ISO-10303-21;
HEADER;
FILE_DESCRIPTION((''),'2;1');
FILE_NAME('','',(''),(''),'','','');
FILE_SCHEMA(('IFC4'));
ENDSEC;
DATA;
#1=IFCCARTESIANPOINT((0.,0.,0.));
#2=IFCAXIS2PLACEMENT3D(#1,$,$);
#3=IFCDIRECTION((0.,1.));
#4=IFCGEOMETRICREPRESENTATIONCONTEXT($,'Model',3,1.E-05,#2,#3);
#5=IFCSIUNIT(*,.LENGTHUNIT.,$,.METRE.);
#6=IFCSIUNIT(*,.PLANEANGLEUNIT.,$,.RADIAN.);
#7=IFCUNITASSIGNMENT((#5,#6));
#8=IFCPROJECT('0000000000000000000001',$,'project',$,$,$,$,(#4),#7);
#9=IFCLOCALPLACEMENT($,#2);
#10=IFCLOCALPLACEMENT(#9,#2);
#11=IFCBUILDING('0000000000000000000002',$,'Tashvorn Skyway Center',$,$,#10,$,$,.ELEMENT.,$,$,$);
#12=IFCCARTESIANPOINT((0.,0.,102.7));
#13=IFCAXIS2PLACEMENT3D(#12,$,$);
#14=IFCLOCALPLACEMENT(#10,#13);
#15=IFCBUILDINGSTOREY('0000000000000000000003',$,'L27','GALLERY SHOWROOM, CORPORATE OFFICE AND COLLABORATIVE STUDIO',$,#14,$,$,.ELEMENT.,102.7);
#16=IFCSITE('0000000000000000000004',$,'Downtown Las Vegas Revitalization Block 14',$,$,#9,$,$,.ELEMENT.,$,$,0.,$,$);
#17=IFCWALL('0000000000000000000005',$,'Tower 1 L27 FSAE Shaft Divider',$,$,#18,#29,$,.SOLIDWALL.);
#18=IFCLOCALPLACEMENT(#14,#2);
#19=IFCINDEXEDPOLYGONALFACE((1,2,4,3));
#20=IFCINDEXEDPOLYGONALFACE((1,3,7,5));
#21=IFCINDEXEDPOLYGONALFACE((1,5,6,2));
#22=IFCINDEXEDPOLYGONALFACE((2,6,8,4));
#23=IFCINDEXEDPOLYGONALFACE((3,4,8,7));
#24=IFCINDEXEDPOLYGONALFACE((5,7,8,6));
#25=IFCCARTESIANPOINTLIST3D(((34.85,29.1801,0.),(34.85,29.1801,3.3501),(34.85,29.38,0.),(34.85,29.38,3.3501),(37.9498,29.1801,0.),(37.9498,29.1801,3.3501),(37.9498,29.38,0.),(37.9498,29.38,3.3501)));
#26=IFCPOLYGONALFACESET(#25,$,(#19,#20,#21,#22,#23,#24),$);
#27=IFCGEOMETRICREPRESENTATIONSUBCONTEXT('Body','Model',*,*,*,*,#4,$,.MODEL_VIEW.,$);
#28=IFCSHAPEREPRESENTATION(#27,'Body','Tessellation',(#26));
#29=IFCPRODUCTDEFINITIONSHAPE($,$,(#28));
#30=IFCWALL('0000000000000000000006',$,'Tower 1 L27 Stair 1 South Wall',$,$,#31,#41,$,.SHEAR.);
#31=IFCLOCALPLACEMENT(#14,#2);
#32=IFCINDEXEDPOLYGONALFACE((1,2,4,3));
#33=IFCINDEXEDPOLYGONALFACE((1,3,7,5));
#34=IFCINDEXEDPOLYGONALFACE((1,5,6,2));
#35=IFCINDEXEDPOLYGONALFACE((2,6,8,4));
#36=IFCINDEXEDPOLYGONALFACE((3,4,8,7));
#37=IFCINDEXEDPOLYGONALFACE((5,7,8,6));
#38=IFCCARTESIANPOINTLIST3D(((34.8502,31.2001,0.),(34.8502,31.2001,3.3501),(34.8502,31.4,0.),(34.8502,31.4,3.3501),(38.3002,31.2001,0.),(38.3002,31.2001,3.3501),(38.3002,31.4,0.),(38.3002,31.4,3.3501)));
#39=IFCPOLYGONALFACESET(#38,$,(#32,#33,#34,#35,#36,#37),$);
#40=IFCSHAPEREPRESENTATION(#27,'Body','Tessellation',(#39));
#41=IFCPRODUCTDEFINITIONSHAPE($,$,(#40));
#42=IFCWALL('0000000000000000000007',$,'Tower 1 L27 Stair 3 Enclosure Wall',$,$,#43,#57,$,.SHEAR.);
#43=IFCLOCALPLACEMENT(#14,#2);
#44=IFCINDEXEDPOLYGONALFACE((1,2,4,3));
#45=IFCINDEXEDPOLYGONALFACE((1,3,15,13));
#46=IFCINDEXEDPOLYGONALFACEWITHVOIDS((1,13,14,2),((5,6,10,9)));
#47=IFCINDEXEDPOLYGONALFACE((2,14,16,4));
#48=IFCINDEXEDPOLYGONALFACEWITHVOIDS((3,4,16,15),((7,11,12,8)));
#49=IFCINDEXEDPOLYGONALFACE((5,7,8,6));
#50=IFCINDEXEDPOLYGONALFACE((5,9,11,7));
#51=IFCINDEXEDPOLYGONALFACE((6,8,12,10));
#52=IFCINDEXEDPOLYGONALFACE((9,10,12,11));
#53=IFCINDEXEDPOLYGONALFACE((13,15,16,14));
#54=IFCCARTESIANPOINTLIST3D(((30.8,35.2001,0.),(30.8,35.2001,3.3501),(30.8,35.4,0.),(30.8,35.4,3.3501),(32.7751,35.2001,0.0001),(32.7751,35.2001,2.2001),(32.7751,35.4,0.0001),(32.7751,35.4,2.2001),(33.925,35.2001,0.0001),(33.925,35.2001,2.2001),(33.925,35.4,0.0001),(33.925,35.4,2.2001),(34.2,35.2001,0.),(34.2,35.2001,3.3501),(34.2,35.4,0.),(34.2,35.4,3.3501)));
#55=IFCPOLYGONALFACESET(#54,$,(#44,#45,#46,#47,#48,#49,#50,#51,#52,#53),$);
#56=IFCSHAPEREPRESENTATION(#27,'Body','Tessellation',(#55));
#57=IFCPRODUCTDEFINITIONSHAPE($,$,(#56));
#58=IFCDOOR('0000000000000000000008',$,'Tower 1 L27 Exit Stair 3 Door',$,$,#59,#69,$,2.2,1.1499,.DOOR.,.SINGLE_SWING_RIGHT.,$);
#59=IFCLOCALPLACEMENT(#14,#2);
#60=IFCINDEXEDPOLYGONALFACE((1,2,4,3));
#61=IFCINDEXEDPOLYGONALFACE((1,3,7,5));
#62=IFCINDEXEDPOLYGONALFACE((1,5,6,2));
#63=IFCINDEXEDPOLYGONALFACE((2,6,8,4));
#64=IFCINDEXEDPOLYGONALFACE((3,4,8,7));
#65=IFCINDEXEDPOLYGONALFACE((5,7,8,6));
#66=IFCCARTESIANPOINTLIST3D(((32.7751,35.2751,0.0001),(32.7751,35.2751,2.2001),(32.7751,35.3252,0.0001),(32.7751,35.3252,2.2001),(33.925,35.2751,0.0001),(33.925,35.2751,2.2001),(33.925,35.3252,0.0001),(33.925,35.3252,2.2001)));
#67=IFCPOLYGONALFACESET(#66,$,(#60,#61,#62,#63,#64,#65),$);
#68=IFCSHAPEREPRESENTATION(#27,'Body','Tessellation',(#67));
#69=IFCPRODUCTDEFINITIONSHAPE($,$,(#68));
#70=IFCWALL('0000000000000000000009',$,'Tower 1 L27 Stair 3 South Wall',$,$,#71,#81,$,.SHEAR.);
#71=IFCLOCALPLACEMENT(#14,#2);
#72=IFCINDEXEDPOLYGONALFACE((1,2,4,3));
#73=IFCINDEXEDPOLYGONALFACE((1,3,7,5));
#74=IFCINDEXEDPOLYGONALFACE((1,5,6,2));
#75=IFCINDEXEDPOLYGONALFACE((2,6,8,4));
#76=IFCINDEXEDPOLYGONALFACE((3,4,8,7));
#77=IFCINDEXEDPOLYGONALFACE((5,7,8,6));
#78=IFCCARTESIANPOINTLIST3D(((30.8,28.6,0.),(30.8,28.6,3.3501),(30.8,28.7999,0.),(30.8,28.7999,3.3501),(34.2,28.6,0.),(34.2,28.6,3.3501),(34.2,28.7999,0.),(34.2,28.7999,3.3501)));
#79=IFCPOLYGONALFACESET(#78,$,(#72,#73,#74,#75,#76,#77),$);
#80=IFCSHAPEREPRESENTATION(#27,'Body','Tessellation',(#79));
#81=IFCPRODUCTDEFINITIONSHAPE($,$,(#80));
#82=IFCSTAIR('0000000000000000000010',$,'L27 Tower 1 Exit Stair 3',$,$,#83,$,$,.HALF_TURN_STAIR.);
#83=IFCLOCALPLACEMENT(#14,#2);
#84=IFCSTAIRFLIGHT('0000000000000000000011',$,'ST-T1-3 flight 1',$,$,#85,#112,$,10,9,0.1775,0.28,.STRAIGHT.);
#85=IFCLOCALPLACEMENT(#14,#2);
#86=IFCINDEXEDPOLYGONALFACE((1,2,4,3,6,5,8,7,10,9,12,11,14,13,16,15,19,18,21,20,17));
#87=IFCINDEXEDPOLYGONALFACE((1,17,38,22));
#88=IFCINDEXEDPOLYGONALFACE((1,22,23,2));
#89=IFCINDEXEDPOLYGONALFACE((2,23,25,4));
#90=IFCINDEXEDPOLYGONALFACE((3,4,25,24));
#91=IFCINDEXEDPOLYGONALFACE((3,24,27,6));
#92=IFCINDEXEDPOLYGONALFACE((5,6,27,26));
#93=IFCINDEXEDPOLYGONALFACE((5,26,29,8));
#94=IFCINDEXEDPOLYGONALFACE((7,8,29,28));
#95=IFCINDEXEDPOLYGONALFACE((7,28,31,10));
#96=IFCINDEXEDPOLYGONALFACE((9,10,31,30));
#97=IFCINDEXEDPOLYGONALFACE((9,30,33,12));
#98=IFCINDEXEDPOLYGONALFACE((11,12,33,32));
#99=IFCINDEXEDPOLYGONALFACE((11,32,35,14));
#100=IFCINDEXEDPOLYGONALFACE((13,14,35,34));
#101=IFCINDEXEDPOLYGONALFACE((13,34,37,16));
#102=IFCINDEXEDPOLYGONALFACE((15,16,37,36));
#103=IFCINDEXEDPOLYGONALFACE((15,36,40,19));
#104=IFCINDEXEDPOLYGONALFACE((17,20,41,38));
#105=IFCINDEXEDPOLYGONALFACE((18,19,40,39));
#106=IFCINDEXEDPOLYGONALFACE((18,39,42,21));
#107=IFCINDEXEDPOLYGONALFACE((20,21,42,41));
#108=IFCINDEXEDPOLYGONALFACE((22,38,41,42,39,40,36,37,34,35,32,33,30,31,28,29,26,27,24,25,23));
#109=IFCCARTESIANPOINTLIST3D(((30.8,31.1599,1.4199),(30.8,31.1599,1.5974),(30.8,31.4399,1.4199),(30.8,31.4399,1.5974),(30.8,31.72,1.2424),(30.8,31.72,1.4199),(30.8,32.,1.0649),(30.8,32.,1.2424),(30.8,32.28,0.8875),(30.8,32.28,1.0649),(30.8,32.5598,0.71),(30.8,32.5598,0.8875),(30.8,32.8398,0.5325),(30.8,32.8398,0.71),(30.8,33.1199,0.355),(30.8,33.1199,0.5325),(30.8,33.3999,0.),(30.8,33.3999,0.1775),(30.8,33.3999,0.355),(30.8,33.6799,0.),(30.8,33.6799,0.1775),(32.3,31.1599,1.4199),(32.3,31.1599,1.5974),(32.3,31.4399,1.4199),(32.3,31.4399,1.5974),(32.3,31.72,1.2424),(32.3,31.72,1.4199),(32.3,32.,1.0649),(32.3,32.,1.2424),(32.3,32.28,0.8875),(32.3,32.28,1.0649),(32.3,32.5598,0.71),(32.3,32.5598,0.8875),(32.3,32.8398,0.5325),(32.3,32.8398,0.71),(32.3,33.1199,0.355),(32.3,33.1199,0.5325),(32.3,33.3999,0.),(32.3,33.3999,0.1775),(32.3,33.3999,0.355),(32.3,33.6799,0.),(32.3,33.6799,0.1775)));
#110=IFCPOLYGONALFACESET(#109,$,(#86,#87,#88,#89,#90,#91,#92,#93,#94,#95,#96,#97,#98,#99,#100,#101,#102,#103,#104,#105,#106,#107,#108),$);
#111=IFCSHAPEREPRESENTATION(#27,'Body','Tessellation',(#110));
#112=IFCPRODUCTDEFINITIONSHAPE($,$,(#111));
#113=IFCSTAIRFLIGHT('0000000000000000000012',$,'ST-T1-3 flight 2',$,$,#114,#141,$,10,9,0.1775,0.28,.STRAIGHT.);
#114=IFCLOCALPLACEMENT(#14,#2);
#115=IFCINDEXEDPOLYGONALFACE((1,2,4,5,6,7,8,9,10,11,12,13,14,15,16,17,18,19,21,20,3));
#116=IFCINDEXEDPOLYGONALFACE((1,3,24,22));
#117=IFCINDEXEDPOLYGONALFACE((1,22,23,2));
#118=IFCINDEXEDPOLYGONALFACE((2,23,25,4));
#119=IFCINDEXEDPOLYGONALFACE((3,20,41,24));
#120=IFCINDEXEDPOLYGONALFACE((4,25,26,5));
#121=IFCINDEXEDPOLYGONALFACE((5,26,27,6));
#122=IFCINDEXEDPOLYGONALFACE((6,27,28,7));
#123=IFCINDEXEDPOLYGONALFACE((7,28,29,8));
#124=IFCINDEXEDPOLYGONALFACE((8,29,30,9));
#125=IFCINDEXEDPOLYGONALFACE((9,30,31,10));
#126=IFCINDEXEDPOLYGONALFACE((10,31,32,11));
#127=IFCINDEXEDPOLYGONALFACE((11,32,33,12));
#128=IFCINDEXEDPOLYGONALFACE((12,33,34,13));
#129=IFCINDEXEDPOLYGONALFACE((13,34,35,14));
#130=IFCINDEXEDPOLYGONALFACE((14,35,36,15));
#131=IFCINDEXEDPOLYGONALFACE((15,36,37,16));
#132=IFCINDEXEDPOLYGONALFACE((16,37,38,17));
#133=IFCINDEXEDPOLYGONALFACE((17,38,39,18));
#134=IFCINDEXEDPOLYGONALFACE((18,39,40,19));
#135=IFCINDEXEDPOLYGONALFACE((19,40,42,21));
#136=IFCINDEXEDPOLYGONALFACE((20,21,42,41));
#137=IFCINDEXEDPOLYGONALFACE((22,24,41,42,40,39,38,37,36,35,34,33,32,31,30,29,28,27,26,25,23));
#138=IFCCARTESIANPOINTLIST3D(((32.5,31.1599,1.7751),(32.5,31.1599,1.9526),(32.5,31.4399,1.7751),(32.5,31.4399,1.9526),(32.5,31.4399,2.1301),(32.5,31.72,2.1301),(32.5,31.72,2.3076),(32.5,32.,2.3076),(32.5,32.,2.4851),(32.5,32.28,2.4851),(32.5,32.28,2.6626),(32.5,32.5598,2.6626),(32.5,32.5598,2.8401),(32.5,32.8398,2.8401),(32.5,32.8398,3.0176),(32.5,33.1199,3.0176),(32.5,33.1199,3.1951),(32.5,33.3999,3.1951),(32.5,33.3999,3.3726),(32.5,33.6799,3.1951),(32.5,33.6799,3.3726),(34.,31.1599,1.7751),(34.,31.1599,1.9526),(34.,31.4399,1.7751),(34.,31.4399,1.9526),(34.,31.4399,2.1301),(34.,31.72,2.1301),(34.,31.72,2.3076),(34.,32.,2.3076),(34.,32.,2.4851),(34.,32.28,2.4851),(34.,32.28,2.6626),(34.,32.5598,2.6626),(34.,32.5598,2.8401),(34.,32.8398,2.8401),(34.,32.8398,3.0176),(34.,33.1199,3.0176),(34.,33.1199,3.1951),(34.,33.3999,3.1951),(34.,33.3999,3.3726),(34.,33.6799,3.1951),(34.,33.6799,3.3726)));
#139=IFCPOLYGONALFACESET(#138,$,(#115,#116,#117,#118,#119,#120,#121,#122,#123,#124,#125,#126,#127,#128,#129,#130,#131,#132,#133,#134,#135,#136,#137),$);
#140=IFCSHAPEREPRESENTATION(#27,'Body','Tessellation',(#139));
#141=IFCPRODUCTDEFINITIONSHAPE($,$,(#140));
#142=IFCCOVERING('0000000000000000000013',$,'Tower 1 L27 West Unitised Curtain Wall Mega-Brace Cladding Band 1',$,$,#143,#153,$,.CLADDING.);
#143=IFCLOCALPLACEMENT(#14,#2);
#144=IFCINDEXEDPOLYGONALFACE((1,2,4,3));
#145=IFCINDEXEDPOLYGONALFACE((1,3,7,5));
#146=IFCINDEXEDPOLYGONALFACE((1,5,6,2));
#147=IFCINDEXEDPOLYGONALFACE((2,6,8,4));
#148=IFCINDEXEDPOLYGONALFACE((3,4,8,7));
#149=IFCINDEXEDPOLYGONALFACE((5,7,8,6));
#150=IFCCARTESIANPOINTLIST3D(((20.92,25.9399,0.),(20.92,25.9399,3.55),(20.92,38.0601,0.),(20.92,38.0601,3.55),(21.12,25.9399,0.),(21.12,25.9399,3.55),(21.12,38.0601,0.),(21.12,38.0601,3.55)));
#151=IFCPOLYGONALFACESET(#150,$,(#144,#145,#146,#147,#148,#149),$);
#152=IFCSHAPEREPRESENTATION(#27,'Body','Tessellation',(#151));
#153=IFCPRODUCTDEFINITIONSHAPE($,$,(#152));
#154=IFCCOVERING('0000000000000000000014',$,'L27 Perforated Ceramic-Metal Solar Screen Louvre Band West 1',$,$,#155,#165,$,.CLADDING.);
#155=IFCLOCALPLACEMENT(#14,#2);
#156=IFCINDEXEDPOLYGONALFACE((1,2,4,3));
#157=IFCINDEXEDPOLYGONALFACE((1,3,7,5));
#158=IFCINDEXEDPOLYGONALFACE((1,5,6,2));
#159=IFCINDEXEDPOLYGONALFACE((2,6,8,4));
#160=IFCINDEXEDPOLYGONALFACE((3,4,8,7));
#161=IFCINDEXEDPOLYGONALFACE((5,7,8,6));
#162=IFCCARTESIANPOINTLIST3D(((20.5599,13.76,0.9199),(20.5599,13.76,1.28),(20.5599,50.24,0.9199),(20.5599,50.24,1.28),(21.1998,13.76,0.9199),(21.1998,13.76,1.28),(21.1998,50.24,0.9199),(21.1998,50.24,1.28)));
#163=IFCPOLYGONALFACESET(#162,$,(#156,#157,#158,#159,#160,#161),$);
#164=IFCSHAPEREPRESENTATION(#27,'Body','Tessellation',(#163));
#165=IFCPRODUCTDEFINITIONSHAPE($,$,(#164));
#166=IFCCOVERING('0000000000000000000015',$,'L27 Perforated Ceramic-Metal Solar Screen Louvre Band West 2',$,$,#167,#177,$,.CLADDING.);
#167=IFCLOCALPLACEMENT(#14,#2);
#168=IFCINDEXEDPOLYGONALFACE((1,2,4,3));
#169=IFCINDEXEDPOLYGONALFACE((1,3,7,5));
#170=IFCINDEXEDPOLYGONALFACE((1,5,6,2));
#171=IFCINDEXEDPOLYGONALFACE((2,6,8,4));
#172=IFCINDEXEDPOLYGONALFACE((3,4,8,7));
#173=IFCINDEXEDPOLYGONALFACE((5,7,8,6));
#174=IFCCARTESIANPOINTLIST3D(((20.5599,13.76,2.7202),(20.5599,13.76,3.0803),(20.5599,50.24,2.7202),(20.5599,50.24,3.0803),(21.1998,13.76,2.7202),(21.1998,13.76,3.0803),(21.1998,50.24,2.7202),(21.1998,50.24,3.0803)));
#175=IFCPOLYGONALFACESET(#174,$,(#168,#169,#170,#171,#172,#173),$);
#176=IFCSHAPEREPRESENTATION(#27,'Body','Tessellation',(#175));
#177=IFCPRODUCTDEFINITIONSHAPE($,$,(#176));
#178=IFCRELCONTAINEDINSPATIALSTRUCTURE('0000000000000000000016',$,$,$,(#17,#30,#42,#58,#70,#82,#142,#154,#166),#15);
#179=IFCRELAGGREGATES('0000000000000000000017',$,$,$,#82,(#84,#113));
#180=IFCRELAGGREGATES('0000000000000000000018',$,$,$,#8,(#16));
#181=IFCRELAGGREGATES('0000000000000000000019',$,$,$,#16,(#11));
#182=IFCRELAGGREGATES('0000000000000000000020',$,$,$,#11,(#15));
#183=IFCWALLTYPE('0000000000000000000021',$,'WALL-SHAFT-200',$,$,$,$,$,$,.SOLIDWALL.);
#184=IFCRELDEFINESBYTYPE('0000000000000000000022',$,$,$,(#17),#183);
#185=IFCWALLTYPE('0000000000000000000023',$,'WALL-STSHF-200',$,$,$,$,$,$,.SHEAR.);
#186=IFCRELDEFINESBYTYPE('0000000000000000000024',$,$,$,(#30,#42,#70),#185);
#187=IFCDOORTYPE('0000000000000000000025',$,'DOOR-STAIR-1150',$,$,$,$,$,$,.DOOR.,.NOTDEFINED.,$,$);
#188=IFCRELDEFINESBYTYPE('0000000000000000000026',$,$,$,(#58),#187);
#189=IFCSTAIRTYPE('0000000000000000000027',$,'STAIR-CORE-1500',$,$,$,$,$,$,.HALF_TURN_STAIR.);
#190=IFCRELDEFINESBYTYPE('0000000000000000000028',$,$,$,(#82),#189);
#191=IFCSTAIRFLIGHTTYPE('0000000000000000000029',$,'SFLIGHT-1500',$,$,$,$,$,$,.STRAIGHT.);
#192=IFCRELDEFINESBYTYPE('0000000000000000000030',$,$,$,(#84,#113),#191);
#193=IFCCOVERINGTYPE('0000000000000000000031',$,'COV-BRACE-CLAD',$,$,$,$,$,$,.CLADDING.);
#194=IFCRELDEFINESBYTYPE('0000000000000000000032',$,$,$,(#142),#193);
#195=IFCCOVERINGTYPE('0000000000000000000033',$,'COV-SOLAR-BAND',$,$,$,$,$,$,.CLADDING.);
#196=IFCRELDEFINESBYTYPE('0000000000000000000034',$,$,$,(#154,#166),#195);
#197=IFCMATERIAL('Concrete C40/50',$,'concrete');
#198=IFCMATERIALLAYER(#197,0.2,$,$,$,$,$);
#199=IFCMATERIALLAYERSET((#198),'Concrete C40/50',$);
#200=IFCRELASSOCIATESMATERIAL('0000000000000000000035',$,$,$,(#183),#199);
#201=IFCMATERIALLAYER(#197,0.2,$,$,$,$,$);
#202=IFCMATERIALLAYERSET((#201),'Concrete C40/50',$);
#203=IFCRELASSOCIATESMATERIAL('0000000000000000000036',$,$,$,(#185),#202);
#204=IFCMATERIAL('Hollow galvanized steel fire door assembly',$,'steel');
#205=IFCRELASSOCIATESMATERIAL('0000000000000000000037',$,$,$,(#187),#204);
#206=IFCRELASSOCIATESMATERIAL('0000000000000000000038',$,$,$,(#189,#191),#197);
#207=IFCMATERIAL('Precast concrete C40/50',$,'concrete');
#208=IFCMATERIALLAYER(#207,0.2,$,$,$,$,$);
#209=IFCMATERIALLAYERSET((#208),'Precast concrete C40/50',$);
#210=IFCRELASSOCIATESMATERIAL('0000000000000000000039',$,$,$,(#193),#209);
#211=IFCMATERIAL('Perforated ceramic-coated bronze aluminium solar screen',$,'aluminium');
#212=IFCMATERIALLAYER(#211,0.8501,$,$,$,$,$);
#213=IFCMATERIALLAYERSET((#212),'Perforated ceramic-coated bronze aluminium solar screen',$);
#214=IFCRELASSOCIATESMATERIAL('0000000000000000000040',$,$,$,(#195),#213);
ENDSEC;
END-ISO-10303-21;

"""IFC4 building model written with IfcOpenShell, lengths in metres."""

from ifc_helpers import new_model, si_unit, direction, frame, frame_2d, origin, origin_2d, place, context, subcontext, project, spatial, polyline, rectangle, outline, extrude, material, layer, layer_set, type_object, element, fill, aggregate, save


model = new_model("IFC4")

# Units and contexts
model_context = context("Model", 3, precision=1e-05, world=origin(), true_north=direction((0.0, 1.0)))
body_context = subcontext(model_context, "Body", "Model", "MODEL_VIEW")
ifc_project = project(units=[si_unit("LENGTHUNIT", "METRE"), si_unit("PLANEANGLEUNIT", "RADIAN")], contexts=[model_context])

# Site, building, storey
site_placement = place(None, origin())
site = spatial("IfcSite", under=ifc_project, at=site_placement, Name="Downtown Las Vegas Revitalization Block 14", CompositionType="ELEMENT", RefElevation=0.0)
building_placement = place(site_placement, origin())
building = spatial("IfcBuilding", under=site, at=building_placement, Name="Tashvorn Skyway Center", CompositionType="ELEMENT")
storey_placement = place(building_placement, frame((0.0, 0.0, 102.7)))
storey = spatial("IfcBuildingStorey", under=building, at=storey_placement, Name="L27", Description="GALLERY SHOWROOM, CORPORATE OFFICE AND COLLABORATIVE STUDIO", CompositionType="ELEMENT", Elevation=102.7)

# Walls
ifc_material_1 = material(Name="Concrete C40/50", Category="concrete")
ifc_layer_1 = layer(ifc_material_1, 0.2)
ifc_layer_set_1 = layer_set([ifc_layer_1], Name="Concrete C40/50")
wall_type_1 = type_object("IfcWallType", Name="WALL-SHAFT-200", PredefinedType="SOLIDWALL", material=ifc_layer_set_1)
wall_1_placement = place(storey_placement, frame((34.8501, 29.28, 0.0), z_axis=(0.0, 0.0, 1.0), x_axis=(1.0, 0.0, 0.0)))
element("IfcWall", 1, at=wall_1_placement, inside=storey, type_object=wall_type_1, Name="Tower 1 L27 FSAE Shaft Divider", PredefinedType="SOLIDWALL", context=body_context, shape_type="SweptSolid", body=[
    extrude(rectangle(XDim=3.0999, YDim=0.2, at=frame_2d((1.5498, 0.0))), origin(), (0.0, 0.0, 1.0), 3.3501),
])
ifc_layer_2 = layer(ifc_material_1, 0.2)
ifc_layer_set_2 = layer_set([ifc_layer_2], Name="Concrete C40/50")
wall_type_2 = type_object("IfcWallType", Name="WALL-STSHF-200", PredefinedType="SHEAR", material=ifc_layer_set_2)
wall_2_placement = place(storey_placement, frame((34.8501, 31.3, 0.0), z_axis=(0.0, 0.0, 1.0), x_axis=(1.0, 0.0, 0.0)))
element("IfcWall", 2, at=wall_2_placement, inside=storey, type_object=wall_type_2, Name="Tower 1 L27 Stair 1 South Wall", PredefinedType="SHEAR", context=body_context, shape_type="SweptSolid", body=[
    extrude(rectangle(XDim=3.45, YDim=0.2, at=frame_2d((1.7251, 0.0))), origin(), (0.0, 0.0, 1.0), 3.3501),
])

# Wall, opening, door
wall_3_placement = place(storey_placement, frame((34.2, 35.3, 0.0), z_axis=(0.0, 0.0, 1.0), x_axis=(-1.0, 0.0, 0.0)))
wall_3 = element("IfcWall", 3, at=wall_3_placement, inside=storey, type_object=wall_type_2, Name="Tower 1 L27 Stair 3 Enclosure Wall", PredefinedType="SHEAR", context=body_context, shape_type="SweptSolid", body=[
    extrude(rectangle(XDim=3.3999, YDim=0.2, at=frame_2d((1.7, 0.0))), origin(), (0.0, 0.0, 1.0), 3.3501),
])
opening_placement = place(wall_3_placement, frame((0.2749, 0.0, 0.0)))
opening = element("IfcOpeningElement", 4, at=opening_placement, cuts=wall_3, PredefinedType="OPENING", context=body_context, shape_type="SweptSolid", body=[
    extrude(rectangle(XDim=1.1499, YDim=2.2, at=frame_2d((0.575, 1.1001))), frame((0.0, 0.1099, 0.0), z_axis=(0.0, -1.0, 0.0), x_axis=(1.0, 0.0, 0.0)), (0.0, 0.0, 1.0), 0.22),
])
ifc_material_2 = material(Name="Hollow galvanized steel fire door assembly", Category="steel")
door_type = type_object("IfcDoorType", Name="DOOR-STAIR-1150", OperationType="NOTDEFINED", PredefinedType="DOOR", material=ifc_material_2)
door_placement = place(opening_placement, origin())
door = element("IfcDoor", 5, at=door_placement, inside=storey, type_object=door_type, Name="Tower 1 L27 Exit Stair 3 Door", OperationType="SINGLE_SWING_RIGHT", OverallHeight=2.2, OverallWidth=1.1499, PredefinedType="DOOR", context=body_context, shape_type="SweptSolid", body=[
    extrude(rectangle(XDim=1.1499, YDim=2.2, at=frame_2d((0.575, 1.1001))), frame((0.0, 0.0249, 0.0), z_axis=(0.0, -1.0, 0.0), x_axis=(1.0, 0.0, 0.0)), (0.0, 0.0, 1.0), 0.05),
])
fill(opening, door)

# Wall
wall_4_placement = place(storey_placement, frame((30.8, 28.7, 0.0), z_axis=(0.0, 0.0, 1.0), x_axis=(1.0, 0.0, 0.0)))
element("IfcWall", 6, at=wall_4_placement, inside=storey, type_object=wall_type_2, Name="Tower 1 L27 Stair 3 South Wall", PredefinedType="SHEAR", context=body_context, shape_type="SweptSolid", body=[
    extrude(rectangle(XDim=3.3999, YDim=0.2, at=frame_2d((1.7, 0.0))), origin(), (0.0, 0.0, 1.0), 3.3501),
])

# Stair, stair flights
stair_type = type_object("IfcStairType", Name="STAIR-CORE-1500", PredefinedType="HALF_TURN_STAIR", material=ifc_material_1)
stair_placement = place(storey_placement, origin())
stair = element("IfcStair", 7, at=stair_placement, inside=storey, type_object=stair_type, Name="L27 Tower 1 Exit Stair 3", PredefinedType="HALF_TURN_STAIR")
stair_flight_type = type_object("IfcStairFlightType", Name="SFLIGHT-1500", PredefinedType="STRAIGHT", material=ifc_material_1)
stair_flight_1_placement = place(storey_placement, frame((31.55, 33.6799, 0.0), z_axis=(0.0, 0.0, 1.0), x_axis=(0.0, -1.0, 0.0)))
stair_flight_1 = element("IfcStairFlight", 8, at=stair_flight_1_placement, type_object=stair_flight_type, Name="ST-T1-3 flight 1", NumberOfRisers=10, NumberOfTreads=9, PredefinedType="STRAIGHT", RiserHeight=0.1775, TreadLength=0.28, context=body_context, shape_type="SweptSolid", body=[
    extrude(outline(polyline([(0.0, 0.0), (0.0, 0.1775), (0.28, 0.1775), (0.28, 0.355), (0.5601, 0.355), (0.5601, 0.5325), (0.8401, 0.5325), (0.8401, 0.71), (1.1201, 0.71), (1.1201, 0.8875), (1.3999, 0.8875), (1.3999, 1.0649), (1.6799, 1.0649), (1.6799, 1.2424), (1.96, 1.2424), (1.96, 1.4199), (2.24, 1.4199), (2.24, 1.5974), (2.52, 1.5974), (2.52, 1.7749), (2.52, 1.4199), (0.28, 0.0), (0.0, 0.0)])), frame((0.0, 0.75, 0.0), z_axis=(0.0, -1.0, 0.0), x_axis=(1.0, 0.0, 0.0)), (0.0, 0.0, 1.0), 1.5),
])
stair_flight_2_placement = place(storey_placement, frame((33.25, 31.1599, 1.7751), z_axis=(0.0, 0.0, 1.0), x_axis=(0.0, 1.0, 0.0)))
stair_flight_2 = element("IfcStairFlight", 9, at=stair_flight_2_placement, type_object=stair_flight_type, Name="ST-T1-3 flight 2", NumberOfRisers=10, NumberOfTreads=9, PredefinedType="STRAIGHT", RiserHeight=0.1775, TreadLength=0.28, context=body_context, shape_type="SweptSolid", body=[
    extrude(outline(polyline([(0.0, 0.0), (0.0, 0.1775), (0.28, 0.1775), (0.28, 0.355), (0.5601, 0.355), (0.5601, 0.5325), (0.8401, 0.5325), (0.8401, 0.71), (1.1201, 0.71), (1.1201, 0.8875), (1.3999, 0.8875), (1.3999, 1.0649), (1.6799, 1.0649), (1.6799, 1.2424), (1.96, 1.2424), (1.96, 1.4199), (2.24, 1.4199), (2.24, 1.5974), (2.52, 1.5974), (2.52, 1.7749), (2.52, 1.4199), (0.28, 0.0), (0.0, 0.0)])), frame((0.0, 0.75, 0.0), z_axis=(0.0, -1.0, 0.0), x_axis=(1.0, 0.0, 0.0)), (0.0, 0.0, 1.0), 1.5),
])
aggregate(stair, [stair_flight_1, stair_flight_2])

# Coverings
ifc_material_3 = material(Name="Precast concrete C40/50", Category="concrete")
ifc_layer_3 = layer(ifc_material_3, 0.2)
ifc_layer_set_3 = layer_set([ifc_layer_3], Name="Precast concrete C40/50")
covering_type_1 = type_object("IfcCoveringType", Name="COV-BRACE-CLAD", PredefinedType="CLADDING", material=ifc_layer_set_3)
covering_placement = place(storey_placement, frame((21.02, 32.0, 0.0), z_axis=(0.0, 0.0, 1.0), x_axis=(0.0, 1.0, 0.0)))
element("IfcCovering", 10, at=covering_placement, inside=storey, type_object=covering_type_1, Name="Tower 1 L27 West Unitised Curtain Wall Mega-Brace Cladding Band 1", PredefinedType="CLADDING", context=body_context, shape_type="SweptSolid", body=[
    extrude(rectangle(XDim=12.1201, YDim=0.2, at=origin_2d()), origin(), (0.0, 0.0, 1.0), 3.55),
])
ifc_material_4 = material(Name="Perforated ceramic-coated bronze aluminium solar screen", Category="aluminium")
ifc_layer_4 = layer(ifc_material_4, 0.8501)
ifc_layer_set_4 = layer_set([ifc_layer_4], Name="Perforated ceramic-coated bronze aluminium solar screen")
covering_type_2 = type_object("IfcCoveringType", Name="COV-SOLAR-BAND", PredefinedType="CLADDING", material=ifc_layer_set_4)
for number, where, z_axis, x_axis, name in (
    (11, (20.8799, 32.0, 0.9199), (0.0, 0.0, 1.0), (0.0, 1.0, 0.0), "L27 Perforated Ceramic-Metal Solar Screen Louvre Band West 1"),
    (12, (20.8799, 32.0, 2.7202), (0.0, 0.0, 1.0), (0.0, 1.0, 0.0), "L27 Perforated Ceramic-Metal Solar Screen Louvre Band West 2"),
):
    element("IfcCovering", number, at=place(storey_placement, frame(where, z_axis=z_axis, x_axis=x_axis)), inside=storey, type_object=covering_type_2, Name=name, PredefinedType="CLADDING", context=body_context, shape_type="SweptSolid", body=[
        extrude(rectangle(XDim=36.48, YDim=0.6399, at=origin_2d()), origin(), (0.0, 0.0, 1.0), 0.3601),
    ])

save(model, "model.ifc")
